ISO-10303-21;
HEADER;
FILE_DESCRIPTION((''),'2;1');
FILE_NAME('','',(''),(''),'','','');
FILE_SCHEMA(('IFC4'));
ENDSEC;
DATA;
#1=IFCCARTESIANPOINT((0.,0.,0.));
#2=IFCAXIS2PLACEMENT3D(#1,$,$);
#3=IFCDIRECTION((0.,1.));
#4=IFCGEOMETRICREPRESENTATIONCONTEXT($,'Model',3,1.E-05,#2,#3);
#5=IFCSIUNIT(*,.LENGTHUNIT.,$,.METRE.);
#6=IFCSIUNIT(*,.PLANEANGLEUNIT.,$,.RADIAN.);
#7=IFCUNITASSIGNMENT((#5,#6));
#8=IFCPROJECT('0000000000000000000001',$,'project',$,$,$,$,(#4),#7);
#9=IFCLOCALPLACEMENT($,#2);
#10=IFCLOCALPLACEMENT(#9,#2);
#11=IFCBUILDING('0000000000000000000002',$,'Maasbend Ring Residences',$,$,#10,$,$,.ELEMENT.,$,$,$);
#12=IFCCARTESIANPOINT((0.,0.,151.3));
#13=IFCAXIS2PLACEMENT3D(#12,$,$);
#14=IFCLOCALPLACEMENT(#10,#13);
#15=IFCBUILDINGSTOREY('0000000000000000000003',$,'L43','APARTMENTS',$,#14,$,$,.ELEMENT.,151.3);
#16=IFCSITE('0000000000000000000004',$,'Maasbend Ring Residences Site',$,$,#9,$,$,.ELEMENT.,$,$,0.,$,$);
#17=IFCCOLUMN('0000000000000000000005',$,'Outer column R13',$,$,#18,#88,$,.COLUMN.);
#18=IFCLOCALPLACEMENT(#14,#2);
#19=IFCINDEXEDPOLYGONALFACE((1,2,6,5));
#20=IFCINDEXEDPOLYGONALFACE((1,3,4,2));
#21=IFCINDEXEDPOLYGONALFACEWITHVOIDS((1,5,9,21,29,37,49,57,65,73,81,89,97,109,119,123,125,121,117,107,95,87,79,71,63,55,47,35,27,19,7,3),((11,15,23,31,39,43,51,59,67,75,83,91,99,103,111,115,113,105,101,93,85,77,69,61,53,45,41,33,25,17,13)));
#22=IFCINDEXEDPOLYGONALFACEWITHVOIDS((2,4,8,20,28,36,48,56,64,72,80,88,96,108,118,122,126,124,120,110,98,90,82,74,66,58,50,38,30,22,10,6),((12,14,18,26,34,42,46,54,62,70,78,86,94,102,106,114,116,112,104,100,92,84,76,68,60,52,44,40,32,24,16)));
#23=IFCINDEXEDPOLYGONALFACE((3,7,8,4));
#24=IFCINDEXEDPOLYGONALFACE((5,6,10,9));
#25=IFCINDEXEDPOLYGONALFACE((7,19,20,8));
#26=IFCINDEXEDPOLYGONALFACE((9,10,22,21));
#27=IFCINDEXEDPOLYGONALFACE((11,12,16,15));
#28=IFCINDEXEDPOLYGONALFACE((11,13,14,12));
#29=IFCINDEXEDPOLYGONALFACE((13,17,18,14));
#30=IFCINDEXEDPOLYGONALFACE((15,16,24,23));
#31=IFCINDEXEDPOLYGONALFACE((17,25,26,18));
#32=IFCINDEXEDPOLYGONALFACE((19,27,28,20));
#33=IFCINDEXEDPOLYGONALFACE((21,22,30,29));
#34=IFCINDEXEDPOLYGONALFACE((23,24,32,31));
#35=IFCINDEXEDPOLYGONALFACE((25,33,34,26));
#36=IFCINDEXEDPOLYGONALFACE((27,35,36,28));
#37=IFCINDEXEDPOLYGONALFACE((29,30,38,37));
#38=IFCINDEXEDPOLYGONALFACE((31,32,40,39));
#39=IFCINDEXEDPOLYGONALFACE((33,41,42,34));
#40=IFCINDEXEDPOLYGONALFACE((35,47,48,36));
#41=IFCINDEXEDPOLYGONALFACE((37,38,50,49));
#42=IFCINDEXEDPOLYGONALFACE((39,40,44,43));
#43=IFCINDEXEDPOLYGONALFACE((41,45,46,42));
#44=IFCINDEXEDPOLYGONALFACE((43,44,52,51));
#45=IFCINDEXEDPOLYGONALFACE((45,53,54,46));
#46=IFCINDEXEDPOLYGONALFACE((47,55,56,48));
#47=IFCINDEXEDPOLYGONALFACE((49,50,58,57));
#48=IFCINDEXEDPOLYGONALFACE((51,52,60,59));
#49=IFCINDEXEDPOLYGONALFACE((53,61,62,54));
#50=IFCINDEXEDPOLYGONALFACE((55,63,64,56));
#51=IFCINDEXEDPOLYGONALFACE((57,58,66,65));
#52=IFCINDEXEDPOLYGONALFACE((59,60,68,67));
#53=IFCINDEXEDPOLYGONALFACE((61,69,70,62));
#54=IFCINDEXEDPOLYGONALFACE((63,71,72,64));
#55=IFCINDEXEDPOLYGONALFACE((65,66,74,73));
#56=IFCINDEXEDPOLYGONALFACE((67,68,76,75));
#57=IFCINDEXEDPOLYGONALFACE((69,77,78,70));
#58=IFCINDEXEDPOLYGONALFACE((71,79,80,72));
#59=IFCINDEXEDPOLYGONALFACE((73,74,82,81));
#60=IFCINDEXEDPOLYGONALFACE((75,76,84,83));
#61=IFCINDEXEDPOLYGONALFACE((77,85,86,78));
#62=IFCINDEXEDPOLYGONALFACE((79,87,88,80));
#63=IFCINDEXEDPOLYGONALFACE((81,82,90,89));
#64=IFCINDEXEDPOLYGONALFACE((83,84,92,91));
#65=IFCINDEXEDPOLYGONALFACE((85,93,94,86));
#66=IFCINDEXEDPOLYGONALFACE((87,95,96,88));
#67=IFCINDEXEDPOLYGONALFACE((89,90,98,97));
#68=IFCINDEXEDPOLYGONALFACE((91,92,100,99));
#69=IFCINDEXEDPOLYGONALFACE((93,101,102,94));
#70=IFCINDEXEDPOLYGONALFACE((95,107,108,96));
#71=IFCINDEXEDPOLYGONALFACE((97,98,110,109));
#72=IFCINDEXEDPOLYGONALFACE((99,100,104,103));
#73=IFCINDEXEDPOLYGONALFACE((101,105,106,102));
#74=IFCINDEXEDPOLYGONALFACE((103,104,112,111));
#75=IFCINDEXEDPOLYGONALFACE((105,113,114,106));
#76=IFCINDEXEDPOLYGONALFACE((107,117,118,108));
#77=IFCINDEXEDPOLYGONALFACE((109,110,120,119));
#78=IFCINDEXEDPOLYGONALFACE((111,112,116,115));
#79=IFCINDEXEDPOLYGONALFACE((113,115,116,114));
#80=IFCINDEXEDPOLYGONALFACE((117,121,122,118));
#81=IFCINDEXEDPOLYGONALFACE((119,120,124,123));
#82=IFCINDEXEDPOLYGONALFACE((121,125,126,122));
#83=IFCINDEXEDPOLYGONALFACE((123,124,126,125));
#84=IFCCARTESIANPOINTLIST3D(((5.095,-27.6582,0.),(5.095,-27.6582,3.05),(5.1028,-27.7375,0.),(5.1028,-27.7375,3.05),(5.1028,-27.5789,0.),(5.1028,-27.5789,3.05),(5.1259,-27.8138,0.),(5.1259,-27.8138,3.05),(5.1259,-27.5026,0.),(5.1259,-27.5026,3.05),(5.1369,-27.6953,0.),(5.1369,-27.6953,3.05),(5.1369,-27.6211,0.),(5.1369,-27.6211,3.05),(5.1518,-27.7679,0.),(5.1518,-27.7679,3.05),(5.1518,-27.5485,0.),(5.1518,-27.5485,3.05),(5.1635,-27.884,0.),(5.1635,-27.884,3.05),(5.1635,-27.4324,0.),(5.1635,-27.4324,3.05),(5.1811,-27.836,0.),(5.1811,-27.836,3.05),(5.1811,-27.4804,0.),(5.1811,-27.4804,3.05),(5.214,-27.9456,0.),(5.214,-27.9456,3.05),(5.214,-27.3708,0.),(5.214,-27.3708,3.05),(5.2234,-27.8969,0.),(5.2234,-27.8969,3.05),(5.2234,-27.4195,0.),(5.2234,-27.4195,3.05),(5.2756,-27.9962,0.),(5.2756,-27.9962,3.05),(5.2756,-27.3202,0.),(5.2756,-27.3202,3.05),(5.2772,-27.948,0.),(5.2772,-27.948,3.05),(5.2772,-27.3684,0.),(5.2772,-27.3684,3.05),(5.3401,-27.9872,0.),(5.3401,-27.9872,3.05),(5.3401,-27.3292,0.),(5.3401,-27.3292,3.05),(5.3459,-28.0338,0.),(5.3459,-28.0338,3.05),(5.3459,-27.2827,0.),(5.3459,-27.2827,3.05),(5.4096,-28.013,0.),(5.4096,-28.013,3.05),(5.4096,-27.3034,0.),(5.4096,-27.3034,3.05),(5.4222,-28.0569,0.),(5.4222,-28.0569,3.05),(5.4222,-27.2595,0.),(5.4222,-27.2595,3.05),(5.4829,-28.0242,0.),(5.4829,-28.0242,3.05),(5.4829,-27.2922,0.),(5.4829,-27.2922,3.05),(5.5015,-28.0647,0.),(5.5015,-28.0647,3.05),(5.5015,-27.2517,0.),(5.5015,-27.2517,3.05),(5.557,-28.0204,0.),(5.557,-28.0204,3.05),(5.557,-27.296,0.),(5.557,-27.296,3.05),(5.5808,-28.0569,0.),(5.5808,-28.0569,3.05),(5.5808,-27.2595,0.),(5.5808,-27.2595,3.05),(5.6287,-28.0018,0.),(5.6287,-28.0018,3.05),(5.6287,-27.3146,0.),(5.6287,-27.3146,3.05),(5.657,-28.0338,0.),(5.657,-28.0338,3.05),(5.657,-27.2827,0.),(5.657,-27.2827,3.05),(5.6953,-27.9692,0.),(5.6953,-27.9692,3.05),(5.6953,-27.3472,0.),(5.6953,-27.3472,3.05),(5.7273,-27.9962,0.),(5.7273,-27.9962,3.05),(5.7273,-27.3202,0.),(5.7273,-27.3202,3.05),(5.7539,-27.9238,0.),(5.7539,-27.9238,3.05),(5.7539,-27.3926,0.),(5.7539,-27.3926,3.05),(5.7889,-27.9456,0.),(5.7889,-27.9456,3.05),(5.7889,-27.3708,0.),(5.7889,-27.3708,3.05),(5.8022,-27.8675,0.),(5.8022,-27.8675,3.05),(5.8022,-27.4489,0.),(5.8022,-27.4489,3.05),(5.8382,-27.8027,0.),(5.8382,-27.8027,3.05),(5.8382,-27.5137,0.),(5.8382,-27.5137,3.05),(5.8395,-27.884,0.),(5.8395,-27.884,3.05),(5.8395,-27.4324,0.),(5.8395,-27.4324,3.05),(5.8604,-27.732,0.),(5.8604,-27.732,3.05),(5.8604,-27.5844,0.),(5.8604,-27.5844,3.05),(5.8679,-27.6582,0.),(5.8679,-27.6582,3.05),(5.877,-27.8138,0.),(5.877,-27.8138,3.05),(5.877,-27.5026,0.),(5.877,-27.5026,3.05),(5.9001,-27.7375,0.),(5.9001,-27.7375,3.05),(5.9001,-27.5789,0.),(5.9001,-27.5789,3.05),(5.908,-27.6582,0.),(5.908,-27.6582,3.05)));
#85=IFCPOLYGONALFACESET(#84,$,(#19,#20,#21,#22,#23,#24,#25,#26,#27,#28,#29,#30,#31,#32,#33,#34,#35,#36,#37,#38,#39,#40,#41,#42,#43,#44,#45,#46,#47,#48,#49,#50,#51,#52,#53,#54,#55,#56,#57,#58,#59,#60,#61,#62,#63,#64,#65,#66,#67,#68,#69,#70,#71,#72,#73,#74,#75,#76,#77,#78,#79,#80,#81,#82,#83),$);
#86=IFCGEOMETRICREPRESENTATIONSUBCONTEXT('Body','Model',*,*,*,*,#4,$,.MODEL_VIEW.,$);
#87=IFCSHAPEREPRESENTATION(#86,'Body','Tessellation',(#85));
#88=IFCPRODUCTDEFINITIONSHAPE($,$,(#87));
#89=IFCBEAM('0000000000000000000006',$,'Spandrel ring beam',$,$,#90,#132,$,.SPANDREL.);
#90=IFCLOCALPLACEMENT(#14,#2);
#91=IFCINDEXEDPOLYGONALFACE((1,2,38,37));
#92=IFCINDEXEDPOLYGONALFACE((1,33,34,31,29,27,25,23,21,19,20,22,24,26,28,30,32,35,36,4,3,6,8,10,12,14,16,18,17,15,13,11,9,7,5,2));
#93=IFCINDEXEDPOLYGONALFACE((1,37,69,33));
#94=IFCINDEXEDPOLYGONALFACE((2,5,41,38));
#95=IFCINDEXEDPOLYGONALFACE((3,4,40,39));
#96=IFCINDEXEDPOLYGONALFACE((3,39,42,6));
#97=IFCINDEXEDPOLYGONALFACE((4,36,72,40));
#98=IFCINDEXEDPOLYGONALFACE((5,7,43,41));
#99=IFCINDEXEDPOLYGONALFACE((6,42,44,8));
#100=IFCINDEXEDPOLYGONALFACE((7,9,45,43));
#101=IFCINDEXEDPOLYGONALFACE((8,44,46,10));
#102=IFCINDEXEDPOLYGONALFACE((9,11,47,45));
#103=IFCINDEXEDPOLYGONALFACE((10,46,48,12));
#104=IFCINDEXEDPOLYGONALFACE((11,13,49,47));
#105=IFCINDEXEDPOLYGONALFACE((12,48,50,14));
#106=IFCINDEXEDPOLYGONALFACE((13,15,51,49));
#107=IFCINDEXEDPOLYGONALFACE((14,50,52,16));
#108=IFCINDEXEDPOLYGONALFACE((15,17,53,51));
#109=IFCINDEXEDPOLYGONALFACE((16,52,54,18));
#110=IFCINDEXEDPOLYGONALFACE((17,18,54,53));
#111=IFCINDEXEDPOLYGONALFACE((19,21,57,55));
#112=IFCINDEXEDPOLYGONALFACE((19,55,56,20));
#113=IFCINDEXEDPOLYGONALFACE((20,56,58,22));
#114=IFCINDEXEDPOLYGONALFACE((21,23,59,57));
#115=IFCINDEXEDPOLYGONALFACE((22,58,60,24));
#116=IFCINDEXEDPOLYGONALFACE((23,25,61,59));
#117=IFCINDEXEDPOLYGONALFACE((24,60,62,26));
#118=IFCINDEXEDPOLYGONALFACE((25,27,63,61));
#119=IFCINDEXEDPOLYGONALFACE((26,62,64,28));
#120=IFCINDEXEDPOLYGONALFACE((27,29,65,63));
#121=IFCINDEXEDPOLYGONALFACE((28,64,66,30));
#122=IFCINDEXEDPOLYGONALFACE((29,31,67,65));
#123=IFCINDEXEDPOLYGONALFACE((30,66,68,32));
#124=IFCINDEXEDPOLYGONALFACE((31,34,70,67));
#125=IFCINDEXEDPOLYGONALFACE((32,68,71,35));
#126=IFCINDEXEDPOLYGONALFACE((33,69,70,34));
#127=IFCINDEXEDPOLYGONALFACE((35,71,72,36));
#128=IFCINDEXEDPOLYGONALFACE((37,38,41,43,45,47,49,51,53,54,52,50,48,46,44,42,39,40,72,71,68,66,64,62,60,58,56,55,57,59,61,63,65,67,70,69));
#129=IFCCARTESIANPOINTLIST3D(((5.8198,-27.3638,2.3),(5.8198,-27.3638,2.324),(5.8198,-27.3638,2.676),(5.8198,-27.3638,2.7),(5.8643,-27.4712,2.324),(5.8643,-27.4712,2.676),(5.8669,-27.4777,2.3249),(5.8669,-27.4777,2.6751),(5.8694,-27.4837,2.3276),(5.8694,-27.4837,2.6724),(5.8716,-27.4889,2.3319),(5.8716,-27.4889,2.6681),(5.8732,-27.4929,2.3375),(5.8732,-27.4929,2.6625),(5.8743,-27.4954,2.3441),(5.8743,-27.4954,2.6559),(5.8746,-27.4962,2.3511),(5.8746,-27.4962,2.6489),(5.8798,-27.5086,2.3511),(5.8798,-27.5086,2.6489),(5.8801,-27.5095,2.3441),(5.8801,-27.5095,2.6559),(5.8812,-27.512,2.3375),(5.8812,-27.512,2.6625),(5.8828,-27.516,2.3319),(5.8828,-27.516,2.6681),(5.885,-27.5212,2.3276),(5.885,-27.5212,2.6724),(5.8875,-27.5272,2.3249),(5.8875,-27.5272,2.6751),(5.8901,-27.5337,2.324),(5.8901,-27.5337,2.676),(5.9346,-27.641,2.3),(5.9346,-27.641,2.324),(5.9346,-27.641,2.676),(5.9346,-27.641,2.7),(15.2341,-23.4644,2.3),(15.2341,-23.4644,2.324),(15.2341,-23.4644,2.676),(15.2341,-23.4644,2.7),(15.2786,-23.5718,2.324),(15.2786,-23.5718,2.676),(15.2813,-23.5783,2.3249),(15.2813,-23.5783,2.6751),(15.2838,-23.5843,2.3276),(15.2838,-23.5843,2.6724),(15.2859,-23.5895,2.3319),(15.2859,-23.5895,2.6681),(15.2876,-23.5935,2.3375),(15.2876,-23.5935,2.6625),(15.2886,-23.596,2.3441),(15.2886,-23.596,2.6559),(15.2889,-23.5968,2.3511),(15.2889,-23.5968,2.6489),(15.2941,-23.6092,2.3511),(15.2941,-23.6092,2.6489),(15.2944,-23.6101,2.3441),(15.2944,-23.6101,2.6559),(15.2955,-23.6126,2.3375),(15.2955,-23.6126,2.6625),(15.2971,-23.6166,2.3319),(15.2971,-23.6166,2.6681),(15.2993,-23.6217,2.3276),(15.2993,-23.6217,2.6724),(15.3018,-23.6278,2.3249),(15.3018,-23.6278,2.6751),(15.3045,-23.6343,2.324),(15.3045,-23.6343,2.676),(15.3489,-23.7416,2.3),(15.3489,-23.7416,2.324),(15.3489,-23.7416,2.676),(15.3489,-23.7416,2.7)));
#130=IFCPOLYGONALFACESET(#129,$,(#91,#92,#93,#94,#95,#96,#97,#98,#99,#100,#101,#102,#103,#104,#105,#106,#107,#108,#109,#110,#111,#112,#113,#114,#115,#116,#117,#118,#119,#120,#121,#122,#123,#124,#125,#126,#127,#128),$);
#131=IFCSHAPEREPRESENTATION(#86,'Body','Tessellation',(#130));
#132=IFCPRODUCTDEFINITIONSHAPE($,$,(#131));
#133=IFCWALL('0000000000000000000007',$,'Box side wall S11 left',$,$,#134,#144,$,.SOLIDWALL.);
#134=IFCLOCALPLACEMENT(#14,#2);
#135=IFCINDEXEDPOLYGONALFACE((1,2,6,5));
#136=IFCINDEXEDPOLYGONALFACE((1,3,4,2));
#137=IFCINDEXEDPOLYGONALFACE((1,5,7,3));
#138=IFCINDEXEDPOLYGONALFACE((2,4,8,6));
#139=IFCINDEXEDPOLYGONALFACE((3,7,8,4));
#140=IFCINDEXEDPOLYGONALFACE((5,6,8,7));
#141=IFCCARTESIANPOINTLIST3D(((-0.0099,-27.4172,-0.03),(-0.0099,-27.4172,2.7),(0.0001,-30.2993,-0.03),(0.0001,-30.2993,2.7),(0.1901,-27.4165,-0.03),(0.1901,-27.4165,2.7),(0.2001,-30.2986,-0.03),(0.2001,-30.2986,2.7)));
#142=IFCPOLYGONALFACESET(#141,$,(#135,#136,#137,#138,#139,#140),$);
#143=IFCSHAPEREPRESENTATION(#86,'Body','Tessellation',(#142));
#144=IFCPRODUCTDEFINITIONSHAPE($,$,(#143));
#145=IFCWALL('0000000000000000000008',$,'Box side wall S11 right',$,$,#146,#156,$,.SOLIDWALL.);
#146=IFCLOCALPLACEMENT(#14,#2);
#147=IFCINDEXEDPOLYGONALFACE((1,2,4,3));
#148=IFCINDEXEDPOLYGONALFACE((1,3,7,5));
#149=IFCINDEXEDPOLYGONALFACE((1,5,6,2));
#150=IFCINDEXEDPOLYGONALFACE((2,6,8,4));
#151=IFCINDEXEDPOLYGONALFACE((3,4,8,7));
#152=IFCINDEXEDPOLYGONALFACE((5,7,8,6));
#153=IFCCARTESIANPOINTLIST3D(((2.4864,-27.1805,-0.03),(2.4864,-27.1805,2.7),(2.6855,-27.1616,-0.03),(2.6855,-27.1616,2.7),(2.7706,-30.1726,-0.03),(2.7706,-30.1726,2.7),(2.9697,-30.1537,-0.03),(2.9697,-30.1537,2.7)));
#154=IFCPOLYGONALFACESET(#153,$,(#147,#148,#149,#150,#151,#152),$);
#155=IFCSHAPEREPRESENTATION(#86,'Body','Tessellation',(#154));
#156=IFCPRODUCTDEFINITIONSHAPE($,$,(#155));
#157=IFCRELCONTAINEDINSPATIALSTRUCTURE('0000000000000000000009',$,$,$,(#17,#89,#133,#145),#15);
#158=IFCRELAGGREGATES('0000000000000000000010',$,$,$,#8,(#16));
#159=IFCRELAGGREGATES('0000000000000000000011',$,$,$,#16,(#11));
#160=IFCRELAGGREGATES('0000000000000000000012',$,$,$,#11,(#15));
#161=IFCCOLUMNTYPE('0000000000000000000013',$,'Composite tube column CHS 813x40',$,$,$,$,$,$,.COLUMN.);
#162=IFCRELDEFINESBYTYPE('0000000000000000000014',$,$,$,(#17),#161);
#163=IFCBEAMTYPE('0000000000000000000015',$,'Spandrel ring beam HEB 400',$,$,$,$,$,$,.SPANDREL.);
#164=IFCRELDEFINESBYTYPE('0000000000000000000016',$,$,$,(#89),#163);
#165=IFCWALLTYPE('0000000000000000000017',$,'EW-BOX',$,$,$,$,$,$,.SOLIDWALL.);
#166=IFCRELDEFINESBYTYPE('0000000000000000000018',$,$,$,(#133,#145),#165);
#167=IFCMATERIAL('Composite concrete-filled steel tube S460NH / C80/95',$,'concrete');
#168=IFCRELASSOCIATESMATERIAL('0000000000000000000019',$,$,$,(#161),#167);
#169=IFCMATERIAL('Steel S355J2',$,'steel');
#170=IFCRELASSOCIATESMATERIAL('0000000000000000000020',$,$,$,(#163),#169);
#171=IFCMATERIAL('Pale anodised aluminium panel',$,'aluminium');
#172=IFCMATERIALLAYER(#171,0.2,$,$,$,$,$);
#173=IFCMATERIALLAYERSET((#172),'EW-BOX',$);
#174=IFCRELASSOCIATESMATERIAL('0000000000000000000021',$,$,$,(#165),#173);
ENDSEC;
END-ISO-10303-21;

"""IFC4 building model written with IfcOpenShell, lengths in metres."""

from ifc_helpers import new_model, si_unit, direction, frame, frame_2d, origin, origin_2d, place, context, subcontext, project, spatial, rectangle, hollow_circle, i_section, extrude, material, layer, layer_set, material_profile, profile_set, type_object, element, save


model = new_model("IFC4")

# Units and contexts
model_context = context("Model", 3, precision=1e-05, world=origin(), true_north=direction((0.0, 1.0)))
body_context = subcontext(model_context, "Body", "Model", "MODEL_VIEW")
ifc_project = project(units=[si_unit("LENGTHUNIT", "METRE"), si_unit("PLANEANGLEUNIT", "RADIAN")], contexts=[model_context])

# Site, building, storey
site_placement = place(None, origin())
site = spatial("IfcSite", under=ifc_project, at=site_placement, Name="Maasbend Ring Residences Site", CompositionType="ELEMENT", RefElevation=0.0)
building_placement = place(site_placement, origin())
building = spatial("IfcBuilding", under=site, at=building_placement, Name="Maasbend Ring Residences", CompositionType="ELEMENT")
storey_placement = place(building_placement, frame((0.0, 0.0, 151.3)))
storey = spatial("IfcBuildingStorey", under=building, at=storey_placement, Name="L43", Description="APARTMENTS", CompositionType="ELEMENT", Elevation=151.3)

# Column
ifc_material_1 = material(Name="Composite concrete-filled steel tube S460NH / C80/95", Category="concrete")
ifc_material_profile_1 = material_profile(ifc_material_1, hollow_circle(Radius=0.4065, WallThickness=0.04, at=origin_2d()), Name="Composite tube column CHS 813x40")
ifc_profile_set_1 = profile_set([ifc_material_profile_1], Name="Composite concrete-filled steel tube S460NH / C80/95")
column_type = type_object("IfcColumnType", Name="Composite tube column CHS 813x40", PredefinedType="COLUMN", material=ifc_profile_set_1)
column_placement = place(storey_placement, frame((5.5015, -27.6582, 0.0), z_axis=(0.0, 0.0, 1.0), x_axis=(1.0, 0.0, 0.0)))
element("IfcColumn", 1, at=column_placement, inside=storey, type_object=column_type, Name="Outer column R13", PredefinedType="COLUMN", context=body_context, shape_type="SweptSolid", body=[
    extrude(hollow_circle(Radius=0.4065, WallThickness=0.04, at=origin_2d()), origin(), (0.0, 0.0, 1.0), 3.05),
])

# Beam
ifc_material_2 = material(Name="Steel S355J2", Category="steel")
ifc_material_profile_2 = material_profile(ifc_material_2, i_section(OverallWidth=0.3, OverallDepth=0.3999, WebThickness=0.0134, FlangeThickness=0.0239, FilletRadius=0.0271, at=origin_2d()), Name="HEB 400")
ifc_profile_set_2 = profile_set([ifc_material_profile_2], Name="Steel S355J2")
beam_type = type_object("IfcBeamType", Name="Spandrel ring beam HEB 400", PredefinedType="SPANDREL", material=ifc_profile_set_2)
beam_placement = place(storey_placement, frame((5.8772, -27.5024, 2.5), z_axis=(0.923884, 0.382673, 0.0), x_axis=(-0.382673, 0.923884, 0.0)))
element("IfcBeam", 2, at=beam_placement, inside=storey, type_object=beam_type, Name="Spandrel ring beam", PredefinedType="SPANDREL", context=body_context, shape_type="SweptSolid", body=[
    extrude(i_section(OverallWidth=0.3, OverallDepth=0.3999, WebThickness=0.0134, FlangeThickness=0.0239, FilletRadius=0.0271, at=origin_2d()), origin(), (0.0, 0.0, 1.0), 10.1899),
])

# Walls
ifc_material_3 = material(Name="Pale anodised aluminium panel", Category="aluminium")
ifc_layer_1 = layer(ifc_material_3, 0.2)
ifc_layer_set_1 = layer_set([ifc_layer_1], Name="EW-BOX")
wall_type_1 = type_object("IfcWallType", Name="EW-BOX", PredefinedType="SOLIDWALL", material=ifc_layer_set_1)
wall_1_placement = place(storey_placement, frame((0.0901, -27.417, -0.03), z_axis=(0.0, 0.0, 1.0), x_axis=(0.003473, -0.999994, 0.0)))
element("IfcWall", 3, at=wall_1_placement, inside=storey, type_object=wall_type_1, Name="Box side wall S11 left", PredefinedType="SOLIDWALL", context=body_context, shape_type="SweptSolid", body=[
    extrude(rectangle(XDim=2.8821, YDim=0.2, at=frame_2d((1.4409, 0.0))), origin(), (0.0, 0.0, 1.0), 2.73),
])
wall_2_placement = place(storey_placement, frame((2.5859, -27.1709, -0.03), z_axis=(0.0, 0.0, 1.0), x_axis=(0.094548, -0.99552, 0.0)))
element("IfcWall", 4, at=wall_2_placement, inside=storey, type_object=wall_type_1, Name="Box side wall S11 right", PredefinedType="SOLIDWALL", context=body_context, shape_type="SweptSolid", body=[
    extrude(rectangle(XDim=3.0056, YDim=0.2, at=frame_2d((1.5029, 0.0))), origin(), (0.0, 0.0, 1.0), 2.73),
])

save(model, "model.ifc")
